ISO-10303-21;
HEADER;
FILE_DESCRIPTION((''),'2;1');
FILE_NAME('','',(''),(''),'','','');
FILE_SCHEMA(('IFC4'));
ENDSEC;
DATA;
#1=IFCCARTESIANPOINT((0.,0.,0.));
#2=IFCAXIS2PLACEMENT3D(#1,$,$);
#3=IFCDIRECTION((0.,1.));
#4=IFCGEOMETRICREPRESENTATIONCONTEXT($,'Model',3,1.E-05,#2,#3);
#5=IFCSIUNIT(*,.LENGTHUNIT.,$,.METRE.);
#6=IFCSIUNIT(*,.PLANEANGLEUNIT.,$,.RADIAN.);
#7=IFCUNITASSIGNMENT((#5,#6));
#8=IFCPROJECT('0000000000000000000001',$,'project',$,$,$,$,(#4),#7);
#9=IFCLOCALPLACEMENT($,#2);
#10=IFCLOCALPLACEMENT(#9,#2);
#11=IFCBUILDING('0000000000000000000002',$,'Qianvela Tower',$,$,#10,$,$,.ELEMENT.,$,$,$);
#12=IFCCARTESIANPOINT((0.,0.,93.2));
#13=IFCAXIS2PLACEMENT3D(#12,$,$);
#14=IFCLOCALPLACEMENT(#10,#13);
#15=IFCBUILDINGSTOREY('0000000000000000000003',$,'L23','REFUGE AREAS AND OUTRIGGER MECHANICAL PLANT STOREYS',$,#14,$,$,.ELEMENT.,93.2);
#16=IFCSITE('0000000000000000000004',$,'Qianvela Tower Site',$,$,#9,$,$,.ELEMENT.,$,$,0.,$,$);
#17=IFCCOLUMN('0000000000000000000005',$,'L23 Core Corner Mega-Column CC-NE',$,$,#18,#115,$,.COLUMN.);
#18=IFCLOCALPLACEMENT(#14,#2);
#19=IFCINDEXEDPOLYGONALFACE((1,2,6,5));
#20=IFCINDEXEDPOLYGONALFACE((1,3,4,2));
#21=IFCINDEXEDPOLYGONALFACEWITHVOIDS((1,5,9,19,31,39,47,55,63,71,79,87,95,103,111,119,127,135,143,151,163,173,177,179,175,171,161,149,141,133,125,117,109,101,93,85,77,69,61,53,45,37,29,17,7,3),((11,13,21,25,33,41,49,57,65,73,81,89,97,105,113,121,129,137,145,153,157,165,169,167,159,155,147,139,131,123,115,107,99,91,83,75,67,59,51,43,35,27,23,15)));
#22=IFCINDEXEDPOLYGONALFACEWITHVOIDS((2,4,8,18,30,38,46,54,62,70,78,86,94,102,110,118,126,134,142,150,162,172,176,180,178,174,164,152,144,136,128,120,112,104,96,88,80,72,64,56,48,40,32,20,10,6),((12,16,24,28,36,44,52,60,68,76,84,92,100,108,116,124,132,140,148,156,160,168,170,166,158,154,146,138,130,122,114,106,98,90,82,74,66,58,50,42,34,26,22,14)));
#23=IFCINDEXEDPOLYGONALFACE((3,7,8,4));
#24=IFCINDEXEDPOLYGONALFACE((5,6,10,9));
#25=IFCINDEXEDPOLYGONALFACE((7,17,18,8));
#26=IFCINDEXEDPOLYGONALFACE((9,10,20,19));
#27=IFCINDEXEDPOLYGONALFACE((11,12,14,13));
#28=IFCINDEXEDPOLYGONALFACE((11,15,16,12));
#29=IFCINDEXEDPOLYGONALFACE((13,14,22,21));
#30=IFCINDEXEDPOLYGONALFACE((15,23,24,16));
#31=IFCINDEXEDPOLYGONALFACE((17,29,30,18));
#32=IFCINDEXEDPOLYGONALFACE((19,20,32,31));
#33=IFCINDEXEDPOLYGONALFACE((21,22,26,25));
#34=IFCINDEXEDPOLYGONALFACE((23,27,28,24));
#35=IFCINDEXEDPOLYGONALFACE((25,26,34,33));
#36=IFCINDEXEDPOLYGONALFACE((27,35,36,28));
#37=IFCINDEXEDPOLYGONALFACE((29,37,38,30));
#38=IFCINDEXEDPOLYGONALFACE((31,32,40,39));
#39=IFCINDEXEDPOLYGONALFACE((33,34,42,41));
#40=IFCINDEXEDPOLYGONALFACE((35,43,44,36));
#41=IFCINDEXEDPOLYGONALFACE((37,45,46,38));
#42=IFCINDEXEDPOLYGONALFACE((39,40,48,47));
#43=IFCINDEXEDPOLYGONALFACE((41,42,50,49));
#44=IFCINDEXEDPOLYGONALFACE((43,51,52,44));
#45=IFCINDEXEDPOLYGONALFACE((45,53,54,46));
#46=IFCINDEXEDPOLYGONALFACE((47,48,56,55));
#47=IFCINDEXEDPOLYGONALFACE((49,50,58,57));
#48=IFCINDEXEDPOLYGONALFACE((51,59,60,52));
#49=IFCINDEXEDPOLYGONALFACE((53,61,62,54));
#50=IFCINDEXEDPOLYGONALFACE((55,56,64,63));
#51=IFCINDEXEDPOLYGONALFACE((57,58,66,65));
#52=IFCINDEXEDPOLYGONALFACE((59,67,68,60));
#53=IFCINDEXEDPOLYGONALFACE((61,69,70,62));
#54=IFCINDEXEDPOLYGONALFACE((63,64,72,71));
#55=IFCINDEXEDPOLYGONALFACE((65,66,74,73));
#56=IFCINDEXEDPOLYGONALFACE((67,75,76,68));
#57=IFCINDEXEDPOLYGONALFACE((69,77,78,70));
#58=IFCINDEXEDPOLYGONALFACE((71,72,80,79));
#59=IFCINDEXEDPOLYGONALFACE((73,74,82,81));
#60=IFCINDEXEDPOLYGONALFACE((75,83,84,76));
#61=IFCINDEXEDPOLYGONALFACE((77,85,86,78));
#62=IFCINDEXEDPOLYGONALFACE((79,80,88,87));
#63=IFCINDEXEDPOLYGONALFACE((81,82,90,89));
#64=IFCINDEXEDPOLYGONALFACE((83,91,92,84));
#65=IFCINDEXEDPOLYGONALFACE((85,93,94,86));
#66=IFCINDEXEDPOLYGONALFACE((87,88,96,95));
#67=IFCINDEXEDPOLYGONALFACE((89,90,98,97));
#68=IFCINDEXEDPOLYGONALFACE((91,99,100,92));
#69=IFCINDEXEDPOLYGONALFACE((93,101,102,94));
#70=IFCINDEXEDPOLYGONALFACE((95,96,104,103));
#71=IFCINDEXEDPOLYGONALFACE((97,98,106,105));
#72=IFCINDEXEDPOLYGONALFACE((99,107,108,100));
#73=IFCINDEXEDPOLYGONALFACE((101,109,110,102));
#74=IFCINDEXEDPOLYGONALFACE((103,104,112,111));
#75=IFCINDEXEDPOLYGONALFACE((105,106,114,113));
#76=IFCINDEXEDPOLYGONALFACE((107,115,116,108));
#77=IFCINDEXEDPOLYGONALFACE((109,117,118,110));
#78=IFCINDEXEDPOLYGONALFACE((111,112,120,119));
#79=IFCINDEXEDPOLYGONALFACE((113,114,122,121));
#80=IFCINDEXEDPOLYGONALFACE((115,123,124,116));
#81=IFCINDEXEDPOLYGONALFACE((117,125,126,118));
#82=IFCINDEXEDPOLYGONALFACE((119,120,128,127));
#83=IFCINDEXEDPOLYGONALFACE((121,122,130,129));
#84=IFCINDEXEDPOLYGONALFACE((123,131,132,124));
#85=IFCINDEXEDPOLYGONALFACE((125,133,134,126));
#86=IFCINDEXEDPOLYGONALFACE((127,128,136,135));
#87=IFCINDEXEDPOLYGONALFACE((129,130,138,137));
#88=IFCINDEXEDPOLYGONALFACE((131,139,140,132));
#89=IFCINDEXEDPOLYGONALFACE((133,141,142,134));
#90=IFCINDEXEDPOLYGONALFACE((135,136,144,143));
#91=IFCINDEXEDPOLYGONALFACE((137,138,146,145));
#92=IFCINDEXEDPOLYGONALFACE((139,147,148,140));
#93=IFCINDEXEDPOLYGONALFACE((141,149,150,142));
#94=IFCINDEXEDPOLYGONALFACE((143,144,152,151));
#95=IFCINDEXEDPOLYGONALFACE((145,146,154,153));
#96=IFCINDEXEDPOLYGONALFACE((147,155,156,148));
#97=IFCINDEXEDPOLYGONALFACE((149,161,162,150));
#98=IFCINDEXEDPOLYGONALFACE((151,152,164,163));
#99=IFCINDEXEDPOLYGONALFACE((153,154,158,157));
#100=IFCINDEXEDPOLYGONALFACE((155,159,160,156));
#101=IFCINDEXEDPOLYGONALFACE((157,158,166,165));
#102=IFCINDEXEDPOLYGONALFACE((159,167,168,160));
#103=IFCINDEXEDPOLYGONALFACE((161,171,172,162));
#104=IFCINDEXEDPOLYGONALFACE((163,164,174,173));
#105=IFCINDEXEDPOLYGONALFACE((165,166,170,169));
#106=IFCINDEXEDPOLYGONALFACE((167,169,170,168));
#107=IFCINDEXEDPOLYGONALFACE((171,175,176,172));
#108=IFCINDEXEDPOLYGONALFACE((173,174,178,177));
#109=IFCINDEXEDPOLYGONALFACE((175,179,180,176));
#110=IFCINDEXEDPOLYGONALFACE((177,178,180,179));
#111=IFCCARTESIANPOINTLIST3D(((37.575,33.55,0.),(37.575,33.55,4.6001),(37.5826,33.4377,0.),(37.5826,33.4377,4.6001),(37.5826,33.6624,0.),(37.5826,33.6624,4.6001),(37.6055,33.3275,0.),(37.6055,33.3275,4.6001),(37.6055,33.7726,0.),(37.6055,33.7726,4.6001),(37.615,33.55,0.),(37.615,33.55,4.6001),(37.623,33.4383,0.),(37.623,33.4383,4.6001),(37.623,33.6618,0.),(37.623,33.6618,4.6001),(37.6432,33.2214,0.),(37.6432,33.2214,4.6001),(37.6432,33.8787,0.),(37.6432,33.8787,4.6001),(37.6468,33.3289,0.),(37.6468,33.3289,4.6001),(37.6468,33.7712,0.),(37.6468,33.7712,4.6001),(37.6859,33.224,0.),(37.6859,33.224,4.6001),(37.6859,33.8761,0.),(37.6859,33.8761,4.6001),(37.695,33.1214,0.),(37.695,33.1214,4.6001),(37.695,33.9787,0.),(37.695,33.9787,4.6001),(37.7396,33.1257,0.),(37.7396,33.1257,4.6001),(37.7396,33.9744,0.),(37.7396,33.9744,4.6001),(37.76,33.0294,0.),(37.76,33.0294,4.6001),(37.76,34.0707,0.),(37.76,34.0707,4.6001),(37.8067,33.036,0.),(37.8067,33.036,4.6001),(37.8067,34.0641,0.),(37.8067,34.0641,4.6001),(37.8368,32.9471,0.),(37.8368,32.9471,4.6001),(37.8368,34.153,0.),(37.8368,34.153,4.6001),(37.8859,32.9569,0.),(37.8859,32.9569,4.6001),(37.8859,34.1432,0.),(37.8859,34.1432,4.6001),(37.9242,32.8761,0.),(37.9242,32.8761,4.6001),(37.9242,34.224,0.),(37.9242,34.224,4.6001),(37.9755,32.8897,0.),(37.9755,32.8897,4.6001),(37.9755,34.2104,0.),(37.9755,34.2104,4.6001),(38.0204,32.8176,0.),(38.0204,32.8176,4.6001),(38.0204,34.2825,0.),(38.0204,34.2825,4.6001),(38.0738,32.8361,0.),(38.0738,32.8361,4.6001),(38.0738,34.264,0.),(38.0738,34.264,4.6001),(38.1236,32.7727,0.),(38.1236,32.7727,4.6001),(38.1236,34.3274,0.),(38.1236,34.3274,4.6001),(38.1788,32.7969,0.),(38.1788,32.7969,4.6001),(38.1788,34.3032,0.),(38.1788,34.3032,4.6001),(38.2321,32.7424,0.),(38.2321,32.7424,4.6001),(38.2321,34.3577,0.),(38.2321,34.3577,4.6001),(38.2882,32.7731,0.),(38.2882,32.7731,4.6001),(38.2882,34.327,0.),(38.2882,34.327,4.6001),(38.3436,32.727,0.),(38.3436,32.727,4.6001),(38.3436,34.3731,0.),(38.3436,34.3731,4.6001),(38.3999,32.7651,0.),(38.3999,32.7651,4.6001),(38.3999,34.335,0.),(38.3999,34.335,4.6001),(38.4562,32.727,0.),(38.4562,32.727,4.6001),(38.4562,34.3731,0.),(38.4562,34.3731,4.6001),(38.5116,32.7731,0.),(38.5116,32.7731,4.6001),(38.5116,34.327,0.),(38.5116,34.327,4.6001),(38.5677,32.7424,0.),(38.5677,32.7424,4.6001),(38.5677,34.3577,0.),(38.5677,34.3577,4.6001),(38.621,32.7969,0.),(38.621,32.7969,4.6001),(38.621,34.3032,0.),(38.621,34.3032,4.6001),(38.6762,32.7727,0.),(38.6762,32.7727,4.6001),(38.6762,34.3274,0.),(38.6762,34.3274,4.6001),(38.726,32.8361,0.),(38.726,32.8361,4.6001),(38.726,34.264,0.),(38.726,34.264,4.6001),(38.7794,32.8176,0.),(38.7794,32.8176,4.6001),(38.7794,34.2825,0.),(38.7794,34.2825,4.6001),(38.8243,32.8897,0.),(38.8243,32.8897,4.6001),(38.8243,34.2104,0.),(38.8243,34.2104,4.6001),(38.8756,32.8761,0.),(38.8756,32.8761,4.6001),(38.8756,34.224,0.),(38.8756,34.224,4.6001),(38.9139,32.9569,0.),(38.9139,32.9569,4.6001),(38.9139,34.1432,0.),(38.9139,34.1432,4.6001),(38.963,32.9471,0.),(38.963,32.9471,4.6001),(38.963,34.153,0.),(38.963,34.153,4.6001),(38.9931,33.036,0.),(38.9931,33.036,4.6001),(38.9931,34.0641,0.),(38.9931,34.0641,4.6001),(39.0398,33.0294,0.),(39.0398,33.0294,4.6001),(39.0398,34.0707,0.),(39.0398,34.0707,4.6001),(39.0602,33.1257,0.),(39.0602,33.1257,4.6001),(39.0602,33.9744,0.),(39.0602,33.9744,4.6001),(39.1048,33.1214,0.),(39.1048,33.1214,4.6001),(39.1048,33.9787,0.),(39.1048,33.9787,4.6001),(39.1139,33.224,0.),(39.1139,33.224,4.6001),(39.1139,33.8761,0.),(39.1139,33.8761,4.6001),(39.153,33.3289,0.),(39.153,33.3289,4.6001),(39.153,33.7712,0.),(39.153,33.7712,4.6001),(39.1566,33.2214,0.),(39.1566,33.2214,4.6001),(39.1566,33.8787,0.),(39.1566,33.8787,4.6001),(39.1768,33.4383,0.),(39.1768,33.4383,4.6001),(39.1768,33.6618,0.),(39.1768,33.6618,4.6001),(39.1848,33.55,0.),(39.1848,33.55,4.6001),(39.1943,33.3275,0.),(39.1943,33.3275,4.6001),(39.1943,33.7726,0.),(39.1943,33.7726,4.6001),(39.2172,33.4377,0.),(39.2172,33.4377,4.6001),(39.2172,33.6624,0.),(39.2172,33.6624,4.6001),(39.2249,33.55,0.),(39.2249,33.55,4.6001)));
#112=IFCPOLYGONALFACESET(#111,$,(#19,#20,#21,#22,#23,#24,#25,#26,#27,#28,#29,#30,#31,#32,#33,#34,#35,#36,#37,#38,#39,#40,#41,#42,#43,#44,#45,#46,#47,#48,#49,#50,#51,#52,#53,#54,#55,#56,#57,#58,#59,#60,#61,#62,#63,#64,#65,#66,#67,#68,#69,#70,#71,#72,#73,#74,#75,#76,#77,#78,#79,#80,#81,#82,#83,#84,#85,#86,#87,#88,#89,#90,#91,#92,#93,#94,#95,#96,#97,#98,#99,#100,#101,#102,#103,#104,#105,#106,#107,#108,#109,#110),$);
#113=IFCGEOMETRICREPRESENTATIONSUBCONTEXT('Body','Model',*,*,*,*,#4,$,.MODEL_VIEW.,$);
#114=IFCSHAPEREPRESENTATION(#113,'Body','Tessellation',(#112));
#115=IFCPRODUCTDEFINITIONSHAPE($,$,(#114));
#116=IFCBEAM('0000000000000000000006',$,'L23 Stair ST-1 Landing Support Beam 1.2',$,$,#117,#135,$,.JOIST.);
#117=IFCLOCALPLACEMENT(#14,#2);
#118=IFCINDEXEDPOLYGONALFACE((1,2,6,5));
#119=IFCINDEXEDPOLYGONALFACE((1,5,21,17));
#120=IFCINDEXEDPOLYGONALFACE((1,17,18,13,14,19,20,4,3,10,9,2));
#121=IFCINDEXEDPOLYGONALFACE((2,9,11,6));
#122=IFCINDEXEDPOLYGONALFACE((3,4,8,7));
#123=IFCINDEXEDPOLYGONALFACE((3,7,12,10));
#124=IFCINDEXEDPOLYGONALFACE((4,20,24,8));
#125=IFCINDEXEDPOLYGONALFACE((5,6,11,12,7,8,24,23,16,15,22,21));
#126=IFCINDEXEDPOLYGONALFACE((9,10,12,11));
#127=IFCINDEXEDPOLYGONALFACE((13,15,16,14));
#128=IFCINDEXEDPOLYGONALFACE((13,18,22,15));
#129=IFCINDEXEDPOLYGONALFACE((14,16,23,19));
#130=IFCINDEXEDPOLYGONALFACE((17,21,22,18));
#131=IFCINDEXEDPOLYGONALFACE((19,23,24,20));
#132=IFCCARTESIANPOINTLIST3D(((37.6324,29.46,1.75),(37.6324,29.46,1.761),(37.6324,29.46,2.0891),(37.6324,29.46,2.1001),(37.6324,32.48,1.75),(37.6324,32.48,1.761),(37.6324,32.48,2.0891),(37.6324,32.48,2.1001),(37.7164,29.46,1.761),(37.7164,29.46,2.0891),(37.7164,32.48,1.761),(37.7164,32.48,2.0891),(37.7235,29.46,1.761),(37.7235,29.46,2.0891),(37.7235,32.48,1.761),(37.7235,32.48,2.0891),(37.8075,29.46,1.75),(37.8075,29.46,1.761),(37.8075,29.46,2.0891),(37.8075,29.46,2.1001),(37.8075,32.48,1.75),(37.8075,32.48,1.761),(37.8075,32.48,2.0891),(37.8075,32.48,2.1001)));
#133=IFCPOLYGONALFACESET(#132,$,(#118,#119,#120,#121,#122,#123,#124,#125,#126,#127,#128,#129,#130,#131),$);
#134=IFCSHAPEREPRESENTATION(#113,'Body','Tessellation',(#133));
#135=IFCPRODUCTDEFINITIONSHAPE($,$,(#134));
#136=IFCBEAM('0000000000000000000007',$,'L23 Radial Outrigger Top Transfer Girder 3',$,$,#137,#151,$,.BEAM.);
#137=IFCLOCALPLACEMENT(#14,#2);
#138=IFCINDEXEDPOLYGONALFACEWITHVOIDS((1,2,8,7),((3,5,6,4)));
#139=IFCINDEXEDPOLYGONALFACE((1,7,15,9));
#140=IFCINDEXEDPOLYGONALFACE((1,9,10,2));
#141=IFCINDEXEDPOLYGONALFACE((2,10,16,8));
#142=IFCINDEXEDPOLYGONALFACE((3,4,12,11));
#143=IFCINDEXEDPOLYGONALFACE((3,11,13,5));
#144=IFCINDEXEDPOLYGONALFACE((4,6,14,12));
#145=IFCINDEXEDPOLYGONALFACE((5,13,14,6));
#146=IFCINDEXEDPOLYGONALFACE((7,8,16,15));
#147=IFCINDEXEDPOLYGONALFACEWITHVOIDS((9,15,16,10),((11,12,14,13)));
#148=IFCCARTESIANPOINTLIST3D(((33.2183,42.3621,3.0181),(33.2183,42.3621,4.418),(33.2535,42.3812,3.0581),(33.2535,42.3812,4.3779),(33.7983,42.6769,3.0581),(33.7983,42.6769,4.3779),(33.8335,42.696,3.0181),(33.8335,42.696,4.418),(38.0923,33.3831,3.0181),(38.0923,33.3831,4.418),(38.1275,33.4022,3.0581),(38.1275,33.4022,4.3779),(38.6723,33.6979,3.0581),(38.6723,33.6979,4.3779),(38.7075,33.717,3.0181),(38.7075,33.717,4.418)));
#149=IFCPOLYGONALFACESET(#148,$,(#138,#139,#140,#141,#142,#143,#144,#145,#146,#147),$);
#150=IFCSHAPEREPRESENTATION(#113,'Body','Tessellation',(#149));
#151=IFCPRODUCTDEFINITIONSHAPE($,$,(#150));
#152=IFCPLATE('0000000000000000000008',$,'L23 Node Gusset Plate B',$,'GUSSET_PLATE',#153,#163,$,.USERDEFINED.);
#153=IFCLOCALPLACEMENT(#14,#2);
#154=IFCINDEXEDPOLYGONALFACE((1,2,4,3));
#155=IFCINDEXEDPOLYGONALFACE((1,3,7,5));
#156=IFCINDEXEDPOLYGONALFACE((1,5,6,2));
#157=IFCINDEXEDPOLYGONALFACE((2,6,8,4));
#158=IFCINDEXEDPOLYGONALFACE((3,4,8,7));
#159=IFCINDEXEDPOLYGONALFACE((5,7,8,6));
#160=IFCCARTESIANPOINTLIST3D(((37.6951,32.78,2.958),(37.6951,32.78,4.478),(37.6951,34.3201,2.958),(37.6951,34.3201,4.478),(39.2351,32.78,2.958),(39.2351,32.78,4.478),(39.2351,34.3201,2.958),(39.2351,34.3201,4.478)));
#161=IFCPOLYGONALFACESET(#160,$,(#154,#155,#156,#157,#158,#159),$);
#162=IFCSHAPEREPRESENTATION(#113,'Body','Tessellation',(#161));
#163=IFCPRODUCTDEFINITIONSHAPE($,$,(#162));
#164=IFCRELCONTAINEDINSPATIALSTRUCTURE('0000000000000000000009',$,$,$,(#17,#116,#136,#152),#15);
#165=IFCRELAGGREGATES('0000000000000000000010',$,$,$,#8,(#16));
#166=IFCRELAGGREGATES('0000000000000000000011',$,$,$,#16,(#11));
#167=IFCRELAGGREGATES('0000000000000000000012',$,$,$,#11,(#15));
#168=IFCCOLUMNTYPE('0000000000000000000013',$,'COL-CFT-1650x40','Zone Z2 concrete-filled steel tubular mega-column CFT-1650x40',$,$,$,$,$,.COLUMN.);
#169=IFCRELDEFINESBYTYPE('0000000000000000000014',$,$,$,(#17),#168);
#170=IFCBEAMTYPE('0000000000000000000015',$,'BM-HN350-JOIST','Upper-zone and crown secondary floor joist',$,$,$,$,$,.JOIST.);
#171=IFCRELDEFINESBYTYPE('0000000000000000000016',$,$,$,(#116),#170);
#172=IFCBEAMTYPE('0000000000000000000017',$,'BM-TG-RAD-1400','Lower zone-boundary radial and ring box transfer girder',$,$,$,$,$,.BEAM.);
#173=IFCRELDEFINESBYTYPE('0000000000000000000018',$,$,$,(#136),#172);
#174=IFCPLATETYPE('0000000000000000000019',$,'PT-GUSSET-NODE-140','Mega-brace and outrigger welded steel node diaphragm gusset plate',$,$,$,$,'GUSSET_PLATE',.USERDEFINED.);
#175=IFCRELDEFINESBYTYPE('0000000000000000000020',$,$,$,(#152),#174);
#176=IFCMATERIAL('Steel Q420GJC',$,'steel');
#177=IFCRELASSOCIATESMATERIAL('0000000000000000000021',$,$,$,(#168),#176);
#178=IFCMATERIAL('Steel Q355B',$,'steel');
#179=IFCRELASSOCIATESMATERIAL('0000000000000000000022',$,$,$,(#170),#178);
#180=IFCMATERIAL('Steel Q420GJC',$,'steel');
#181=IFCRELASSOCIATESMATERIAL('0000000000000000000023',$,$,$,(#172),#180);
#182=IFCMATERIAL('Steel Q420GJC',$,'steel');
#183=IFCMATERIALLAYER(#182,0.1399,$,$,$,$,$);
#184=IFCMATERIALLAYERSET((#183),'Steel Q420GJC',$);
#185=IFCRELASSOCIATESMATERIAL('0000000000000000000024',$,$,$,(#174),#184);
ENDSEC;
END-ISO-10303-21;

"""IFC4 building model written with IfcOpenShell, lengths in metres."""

from ifc_helpers import new_model, si_unit, direction, frame, origin, origin_2d, place, context, subcontext, project, spatial, rectangle, hollow_rectangle, hollow_circle, i_section, extrude, material, layer, layer_set, material_profile, profile_set, type_object, element, save


model = new_model("IFC4")

# Units and contexts
model_context = context("Model", 3, precision=1e-05, world=origin(), true_north=direction((0.0, 1.0)))
body_context = subcontext(model_context, "Body", "Model", "MODEL_VIEW")
ifc_project = project(units=[si_unit("LENGTHUNIT", "METRE"), si_unit("PLANEANGLEUNIT", "RADIAN")], contexts=[model_context])

# Site, building, storey
site_placement = place(None, origin())
site = spatial("IfcSite", under=ifc_project, at=site_placement, Name="Qianvela Tower Site", CompositionType="ELEMENT", RefElevation=0.0)
building_placement = place(site_placement, origin())
building = spatial("IfcBuilding", under=site, at=building_placement, Name="Qianvela Tower", CompositionType="ELEMENT")
storey_placement = place(building_placement, frame((0.0, 0.0, 93.2)))
storey = spatial("IfcBuildingStorey", under=building, at=storey_placement, Name="L23", Description="REFUGE AREAS AND OUTRIGGER MECHANICAL PLANT STOREYS", CompositionType="ELEMENT", Elevation=93.2)

# Column
ifc_material_1 = material(Name="Steel Q420GJC", Category="steel")
ifc_material_profile_1 = material_profile(ifc_material_1, hollow_circle(Radius=0.825, WallThickness=0.04, at=origin_2d()), Name="CFT-1650x40")
ifc_profile_set_1 = profile_set([ifc_material_profile_1], Name="Steel Q420GJC")
column_type = type_object("IfcColumnType", Name="COL-CFT-1650x40", Description="Zone Z2 concrete-filled steel tubular mega-column CFT-1650x40", PredefinedType="COLUMN", material=ifc_profile_set_1)
column_placement = place(storey_placement, frame((38.3999, 33.55, 0.0), z_axis=(0.0, 0.0, 1.0), x_axis=(1.0, 0.0, 0.0)))
element("IfcColumn", 1, at=column_placement, inside=storey, type_object=column_type, Name="L23 Core Corner Mega-Column CC-NE", PredefinedType="COLUMN", context=body_context, shape_type="SweptSolid", body=[
    extrude(hollow_circle(Radius=0.825, WallThickness=0.04, at=origin_2d()), origin(), (0.0, 0.0, 1.0), 4.6001),
])

# Beams
ifc_material_2 = material(Name="Steel Q355B", Category="steel")
ifc_material_profile_2 = material_profile(ifc_material_2, i_section(OverallWidth=0.175, OverallDepth=0.3501, WebThickness=0.0071, FlangeThickness=0.011, at=origin_2d()), Name="HN350x175x7x11")
ifc_profile_set_2 = profile_set([ifc_material_profile_2], Name="Steel Q355B")
beam_type_1 = type_object("IfcBeamType", Name="BM-HN350-JOIST", Description="Upper-zone and crown secondary floor joist", PredefinedType="JOIST", material=ifc_profile_set_2)
beam_1_placement = place(storey_placement, frame((37.72, 29.46, 1.925), z_axis=(0.0, 1.0, 0.0), x_axis=(-1.0, 0.0, 0.0)))
element("IfcBeam", 2, at=beam_1_placement, inside=storey, type_object=beam_type_1, Name="L23 Stair ST-1 Landing Support Beam 1.2", PredefinedType="JOIST", context=body_context, shape_type="SweptSolid", body=[
    extrude(i_section(OverallWidth=0.175, OverallDepth=0.3501, WebThickness=0.0071, FlangeThickness=0.011, at=origin_2d()), origin(), (0.0, 0.0, 1.0), 3.02),
])
ifc_material_3 = material(Name="Steel Q420GJC", Category="steel")
ifc_material_profile_3 = material_profile(ifc_material_3, hollow_rectangle(XDim=0.7, YDim=1.3999, WallThickness=0.04, at=origin_2d()), Name="TG-BOX-1400x700x40")
ifc_profile_set_3 = profile_set([ifc_material_profile_3], Name="Steel Q420GJC")
beam_type_2 = type_object("IfcBeamType", Name="BM-TG-RAD-1400", Description="Lower zone-boundary radial and ring box transfer girder", PredefinedType="BEAM", material=ifc_profile_set_3)
beam_2_placement = place(storey_placement, frame((38.3999, 33.55, 3.718), z_axis=(-0.47707, 0.878865, 0.0), x_axis=(-0.878865, -0.47707, 0.0)))
element("IfcBeam", 3, at=beam_2_placement, inside=storey, type_object=beam_type_2, Name="L23 Radial Outrigger Top Transfer Girder 3", PredefinedType="BEAM", context=body_context, shape_type="SweptSolid", body=[
    extrude(hollow_rectangle(XDim=0.7, YDim=1.3999, WallThickness=0.04, at=origin_2d()), origin(), (0.0, 0.0, 1.0), 10.2166),
])

# Plate
ifc_material_4 = material(Name="Steel Q420GJC", Category="steel")
ifc_layer_1 = layer(ifc_material_4, 0.1399)
ifc_layer_set_1 = layer_set([ifc_layer_1], Name="Steel Q420GJC")
plate_type = type_object("IfcPlateType", Name="PT-GUSSET-NODE-140", Description="Mega-brace and outrigger welded steel node diaphragm gusset plate", ElementType="GUSSET_PLATE", PredefinedType="USERDEFINED", material=ifc_layer_set_1)
plate_placement = place(storey_placement, frame((38.4651, 33.55, 2.958), z_axis=(0.0, 0.0, 1.0), x_axis=(1.0, 0.0, 0.0)))
element("IfcPlate", 4, at=plate_placement, inside=storey, type_object=plate_type, Name="L23 Node Gusset Plate B", ObjectType="GUSSET_PLATE", PredefinedType="USERDEFINED", context=body_context, shape_type="SweptSolid", body=[
    extrude(rectangle(XDim=1.54, YDim=1.54, at=origin_2d()), origin(), (0.0, 0.0, 1.0), 1.52),
])

save(model, "model.ifc")
